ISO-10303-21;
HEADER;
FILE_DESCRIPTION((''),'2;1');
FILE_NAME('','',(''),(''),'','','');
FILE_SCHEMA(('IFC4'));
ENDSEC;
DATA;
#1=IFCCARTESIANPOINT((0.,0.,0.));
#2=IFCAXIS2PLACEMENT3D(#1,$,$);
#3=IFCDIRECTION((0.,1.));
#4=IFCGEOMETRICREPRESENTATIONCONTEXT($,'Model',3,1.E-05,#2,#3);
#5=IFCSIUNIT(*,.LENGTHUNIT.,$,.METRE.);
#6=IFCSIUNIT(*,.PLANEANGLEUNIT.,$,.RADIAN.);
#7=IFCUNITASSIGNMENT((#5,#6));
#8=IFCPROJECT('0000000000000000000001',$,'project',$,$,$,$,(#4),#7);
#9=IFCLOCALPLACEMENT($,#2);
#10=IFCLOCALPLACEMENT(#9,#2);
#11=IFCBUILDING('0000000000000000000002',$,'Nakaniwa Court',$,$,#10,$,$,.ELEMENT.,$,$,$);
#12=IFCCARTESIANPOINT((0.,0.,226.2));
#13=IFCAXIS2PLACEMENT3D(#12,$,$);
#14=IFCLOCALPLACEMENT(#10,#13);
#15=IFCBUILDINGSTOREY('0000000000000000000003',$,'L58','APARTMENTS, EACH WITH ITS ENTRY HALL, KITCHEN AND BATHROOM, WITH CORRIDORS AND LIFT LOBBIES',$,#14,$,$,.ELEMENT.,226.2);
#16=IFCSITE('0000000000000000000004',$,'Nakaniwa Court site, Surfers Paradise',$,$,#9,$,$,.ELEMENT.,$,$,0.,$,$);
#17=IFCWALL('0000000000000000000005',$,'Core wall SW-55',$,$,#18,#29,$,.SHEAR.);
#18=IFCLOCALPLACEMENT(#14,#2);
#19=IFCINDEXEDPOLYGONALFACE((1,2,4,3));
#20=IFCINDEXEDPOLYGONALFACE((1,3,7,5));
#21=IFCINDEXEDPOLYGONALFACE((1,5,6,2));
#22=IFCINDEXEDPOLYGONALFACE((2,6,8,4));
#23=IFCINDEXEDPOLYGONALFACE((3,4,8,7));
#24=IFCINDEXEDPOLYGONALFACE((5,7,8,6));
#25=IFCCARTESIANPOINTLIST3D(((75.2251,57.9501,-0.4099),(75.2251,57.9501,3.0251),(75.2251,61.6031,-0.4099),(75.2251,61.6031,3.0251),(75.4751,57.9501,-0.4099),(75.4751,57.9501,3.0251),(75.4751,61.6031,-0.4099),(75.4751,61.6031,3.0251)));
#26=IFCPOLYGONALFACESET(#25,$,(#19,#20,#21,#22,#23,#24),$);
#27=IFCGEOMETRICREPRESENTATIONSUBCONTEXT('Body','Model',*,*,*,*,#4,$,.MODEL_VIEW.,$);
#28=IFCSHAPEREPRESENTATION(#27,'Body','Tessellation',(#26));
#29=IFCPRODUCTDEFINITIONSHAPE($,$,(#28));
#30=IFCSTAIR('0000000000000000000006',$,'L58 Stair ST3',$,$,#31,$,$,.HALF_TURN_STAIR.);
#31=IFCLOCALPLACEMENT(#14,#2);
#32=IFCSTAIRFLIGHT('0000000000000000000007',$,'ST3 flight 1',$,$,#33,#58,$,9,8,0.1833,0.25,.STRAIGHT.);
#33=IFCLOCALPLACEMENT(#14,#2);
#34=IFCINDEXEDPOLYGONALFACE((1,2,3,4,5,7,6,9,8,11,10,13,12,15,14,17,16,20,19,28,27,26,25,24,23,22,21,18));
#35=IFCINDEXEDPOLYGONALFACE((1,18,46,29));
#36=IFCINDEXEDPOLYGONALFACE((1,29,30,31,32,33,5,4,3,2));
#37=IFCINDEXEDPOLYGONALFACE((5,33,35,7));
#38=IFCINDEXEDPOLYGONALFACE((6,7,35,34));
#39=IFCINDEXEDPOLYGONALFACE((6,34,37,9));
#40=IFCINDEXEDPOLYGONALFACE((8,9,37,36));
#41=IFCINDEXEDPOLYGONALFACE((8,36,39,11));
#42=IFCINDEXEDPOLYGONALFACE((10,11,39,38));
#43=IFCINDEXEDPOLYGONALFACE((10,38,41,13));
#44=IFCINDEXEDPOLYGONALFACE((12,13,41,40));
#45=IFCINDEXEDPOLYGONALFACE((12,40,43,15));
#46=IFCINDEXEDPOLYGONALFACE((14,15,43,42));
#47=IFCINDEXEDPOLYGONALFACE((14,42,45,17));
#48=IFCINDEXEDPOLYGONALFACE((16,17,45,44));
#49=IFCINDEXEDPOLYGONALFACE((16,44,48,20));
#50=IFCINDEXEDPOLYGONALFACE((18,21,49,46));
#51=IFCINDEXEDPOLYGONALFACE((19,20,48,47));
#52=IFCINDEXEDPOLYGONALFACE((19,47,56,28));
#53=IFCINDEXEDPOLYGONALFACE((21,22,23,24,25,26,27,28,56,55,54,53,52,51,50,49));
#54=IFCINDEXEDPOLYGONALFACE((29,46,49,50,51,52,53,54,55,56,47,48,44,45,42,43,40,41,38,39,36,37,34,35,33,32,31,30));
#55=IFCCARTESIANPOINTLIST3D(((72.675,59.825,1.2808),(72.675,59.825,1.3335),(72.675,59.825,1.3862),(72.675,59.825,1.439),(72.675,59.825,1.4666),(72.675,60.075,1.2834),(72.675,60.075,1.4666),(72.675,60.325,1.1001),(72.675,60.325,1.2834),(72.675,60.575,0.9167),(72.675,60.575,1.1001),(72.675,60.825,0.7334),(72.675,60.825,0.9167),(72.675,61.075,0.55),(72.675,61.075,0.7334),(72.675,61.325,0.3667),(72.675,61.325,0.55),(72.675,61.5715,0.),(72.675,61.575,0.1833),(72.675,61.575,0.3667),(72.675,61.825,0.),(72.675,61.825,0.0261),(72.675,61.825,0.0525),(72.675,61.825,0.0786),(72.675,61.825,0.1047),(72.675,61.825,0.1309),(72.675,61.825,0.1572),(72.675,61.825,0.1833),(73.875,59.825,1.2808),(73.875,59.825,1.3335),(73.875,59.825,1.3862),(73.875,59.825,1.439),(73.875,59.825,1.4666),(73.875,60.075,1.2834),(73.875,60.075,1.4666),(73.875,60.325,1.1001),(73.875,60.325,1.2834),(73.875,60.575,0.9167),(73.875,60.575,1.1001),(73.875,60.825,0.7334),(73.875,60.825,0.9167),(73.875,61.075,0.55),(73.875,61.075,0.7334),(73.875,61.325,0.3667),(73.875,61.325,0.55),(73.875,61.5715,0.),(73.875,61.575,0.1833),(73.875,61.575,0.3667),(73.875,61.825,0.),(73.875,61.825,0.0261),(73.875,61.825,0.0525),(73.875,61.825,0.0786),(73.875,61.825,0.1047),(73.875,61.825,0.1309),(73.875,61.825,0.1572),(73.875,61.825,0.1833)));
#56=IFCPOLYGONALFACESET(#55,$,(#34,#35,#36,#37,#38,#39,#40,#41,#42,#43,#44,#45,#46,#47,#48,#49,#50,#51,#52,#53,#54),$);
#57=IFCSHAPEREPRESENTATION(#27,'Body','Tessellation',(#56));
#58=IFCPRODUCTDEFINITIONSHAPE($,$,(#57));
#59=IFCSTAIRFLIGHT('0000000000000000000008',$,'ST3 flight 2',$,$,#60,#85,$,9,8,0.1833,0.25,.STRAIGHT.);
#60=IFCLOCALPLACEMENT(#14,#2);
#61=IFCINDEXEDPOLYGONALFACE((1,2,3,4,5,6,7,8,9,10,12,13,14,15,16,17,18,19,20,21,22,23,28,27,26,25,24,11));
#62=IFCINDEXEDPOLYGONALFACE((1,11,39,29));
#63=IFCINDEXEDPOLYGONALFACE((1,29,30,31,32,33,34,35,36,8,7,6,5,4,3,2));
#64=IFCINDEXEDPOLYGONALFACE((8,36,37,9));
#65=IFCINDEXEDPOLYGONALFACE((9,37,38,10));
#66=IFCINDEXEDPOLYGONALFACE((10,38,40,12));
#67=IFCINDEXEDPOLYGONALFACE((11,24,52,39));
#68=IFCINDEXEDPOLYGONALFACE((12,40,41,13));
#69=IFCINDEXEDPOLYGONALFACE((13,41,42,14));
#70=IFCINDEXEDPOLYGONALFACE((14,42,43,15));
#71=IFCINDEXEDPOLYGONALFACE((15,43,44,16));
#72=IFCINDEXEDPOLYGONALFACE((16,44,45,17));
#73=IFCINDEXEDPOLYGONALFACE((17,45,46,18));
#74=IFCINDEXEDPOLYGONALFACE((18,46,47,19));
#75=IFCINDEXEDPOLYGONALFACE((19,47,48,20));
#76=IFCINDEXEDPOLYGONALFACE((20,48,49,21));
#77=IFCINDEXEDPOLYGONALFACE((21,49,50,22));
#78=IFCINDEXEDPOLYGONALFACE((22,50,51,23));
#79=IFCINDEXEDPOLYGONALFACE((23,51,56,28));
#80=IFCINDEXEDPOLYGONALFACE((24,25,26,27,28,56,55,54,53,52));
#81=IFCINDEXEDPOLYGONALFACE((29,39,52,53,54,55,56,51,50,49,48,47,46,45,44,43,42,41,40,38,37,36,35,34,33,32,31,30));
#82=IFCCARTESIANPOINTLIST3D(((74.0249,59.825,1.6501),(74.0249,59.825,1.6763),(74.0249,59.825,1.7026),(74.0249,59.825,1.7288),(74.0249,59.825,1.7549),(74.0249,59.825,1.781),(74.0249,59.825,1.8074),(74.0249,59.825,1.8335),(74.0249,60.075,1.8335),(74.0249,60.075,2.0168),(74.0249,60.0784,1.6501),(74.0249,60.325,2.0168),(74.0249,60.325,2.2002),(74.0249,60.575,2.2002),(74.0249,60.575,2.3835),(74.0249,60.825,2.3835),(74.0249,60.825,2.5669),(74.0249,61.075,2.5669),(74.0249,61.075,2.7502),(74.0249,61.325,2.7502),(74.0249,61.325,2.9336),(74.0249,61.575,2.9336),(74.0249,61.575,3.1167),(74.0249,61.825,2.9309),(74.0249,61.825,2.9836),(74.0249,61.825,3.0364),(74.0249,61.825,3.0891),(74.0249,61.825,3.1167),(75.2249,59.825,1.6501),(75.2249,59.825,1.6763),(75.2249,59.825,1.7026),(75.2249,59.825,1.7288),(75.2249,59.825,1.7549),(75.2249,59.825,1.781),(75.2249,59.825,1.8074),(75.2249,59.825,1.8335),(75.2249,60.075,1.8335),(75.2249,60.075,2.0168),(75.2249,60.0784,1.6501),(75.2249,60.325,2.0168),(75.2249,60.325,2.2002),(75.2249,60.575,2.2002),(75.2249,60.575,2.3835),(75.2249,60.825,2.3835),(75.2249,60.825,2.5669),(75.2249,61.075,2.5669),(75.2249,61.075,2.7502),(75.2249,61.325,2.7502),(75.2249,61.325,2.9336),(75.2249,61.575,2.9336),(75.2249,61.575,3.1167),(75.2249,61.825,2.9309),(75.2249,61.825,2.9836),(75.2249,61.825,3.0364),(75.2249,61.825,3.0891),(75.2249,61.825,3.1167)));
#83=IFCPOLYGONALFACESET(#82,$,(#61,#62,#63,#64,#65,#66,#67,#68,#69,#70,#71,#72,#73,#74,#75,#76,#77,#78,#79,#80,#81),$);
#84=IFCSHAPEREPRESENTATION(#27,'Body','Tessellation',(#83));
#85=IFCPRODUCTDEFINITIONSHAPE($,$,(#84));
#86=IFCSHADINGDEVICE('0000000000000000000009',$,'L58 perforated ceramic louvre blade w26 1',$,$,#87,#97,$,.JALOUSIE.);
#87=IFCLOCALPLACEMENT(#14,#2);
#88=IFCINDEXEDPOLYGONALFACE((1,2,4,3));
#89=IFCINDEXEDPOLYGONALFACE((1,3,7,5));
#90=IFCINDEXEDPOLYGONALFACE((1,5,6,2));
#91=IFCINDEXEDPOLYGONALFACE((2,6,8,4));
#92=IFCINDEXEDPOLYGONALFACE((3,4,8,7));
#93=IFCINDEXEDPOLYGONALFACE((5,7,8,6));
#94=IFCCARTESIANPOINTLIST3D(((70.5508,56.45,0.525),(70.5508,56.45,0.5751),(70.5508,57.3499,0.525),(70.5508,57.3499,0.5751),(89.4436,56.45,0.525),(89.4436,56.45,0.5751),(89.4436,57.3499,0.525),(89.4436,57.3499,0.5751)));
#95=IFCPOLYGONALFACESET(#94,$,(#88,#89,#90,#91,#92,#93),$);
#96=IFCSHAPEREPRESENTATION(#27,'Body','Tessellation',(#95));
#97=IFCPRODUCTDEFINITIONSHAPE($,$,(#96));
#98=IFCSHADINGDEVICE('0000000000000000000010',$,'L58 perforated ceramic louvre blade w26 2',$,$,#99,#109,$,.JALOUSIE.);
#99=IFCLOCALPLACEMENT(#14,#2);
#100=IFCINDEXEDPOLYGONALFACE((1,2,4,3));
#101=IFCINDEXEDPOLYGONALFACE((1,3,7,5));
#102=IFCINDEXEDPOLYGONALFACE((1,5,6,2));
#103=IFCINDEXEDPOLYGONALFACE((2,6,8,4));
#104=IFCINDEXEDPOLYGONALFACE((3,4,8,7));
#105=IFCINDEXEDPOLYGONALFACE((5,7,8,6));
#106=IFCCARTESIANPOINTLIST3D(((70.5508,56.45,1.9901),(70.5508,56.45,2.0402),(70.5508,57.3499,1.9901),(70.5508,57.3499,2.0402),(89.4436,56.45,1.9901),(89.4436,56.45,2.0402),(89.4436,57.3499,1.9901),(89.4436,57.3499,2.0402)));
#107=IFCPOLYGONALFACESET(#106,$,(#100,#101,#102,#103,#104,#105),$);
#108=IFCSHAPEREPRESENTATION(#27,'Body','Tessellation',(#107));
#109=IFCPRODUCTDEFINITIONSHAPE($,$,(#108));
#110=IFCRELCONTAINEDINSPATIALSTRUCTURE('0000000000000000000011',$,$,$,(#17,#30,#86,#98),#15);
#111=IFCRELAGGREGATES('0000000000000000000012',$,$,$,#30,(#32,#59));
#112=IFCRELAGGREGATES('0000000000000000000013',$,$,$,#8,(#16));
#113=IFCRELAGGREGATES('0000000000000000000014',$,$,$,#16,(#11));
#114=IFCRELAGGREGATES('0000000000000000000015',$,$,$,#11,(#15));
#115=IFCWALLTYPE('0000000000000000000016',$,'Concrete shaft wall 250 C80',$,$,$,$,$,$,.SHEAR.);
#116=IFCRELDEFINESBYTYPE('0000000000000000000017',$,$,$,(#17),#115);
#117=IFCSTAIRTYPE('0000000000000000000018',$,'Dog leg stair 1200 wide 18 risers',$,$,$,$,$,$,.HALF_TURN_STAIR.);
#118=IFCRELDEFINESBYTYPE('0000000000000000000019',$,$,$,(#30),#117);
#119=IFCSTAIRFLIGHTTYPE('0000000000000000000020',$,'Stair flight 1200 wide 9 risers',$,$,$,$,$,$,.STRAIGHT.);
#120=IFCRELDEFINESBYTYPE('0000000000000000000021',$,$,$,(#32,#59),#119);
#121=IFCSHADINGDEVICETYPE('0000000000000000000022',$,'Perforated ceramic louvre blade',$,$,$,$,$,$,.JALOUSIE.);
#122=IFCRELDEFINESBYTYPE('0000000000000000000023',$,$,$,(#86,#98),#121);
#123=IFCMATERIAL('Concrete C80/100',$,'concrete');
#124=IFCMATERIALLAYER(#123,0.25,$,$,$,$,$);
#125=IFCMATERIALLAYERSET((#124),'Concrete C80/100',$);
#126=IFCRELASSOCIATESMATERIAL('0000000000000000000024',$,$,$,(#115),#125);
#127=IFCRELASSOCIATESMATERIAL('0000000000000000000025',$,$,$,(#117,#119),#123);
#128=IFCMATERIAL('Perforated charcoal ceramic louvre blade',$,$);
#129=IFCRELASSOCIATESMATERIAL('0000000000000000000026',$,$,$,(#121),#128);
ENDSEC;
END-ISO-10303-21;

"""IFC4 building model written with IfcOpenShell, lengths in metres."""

from ifc_helpers import new_model, si_unit, direction, frame, frame_2d, origin, origin_2d, place, context, subcontext, project, spatial, polyline, rectangle, outline, extrude, material, layer, layer_set, material_profile, profile_set, type_object, element, aggregate, save


model = new_model("IFC4")

# Units and contexts
model_context = context("Model", 3, precision=1e-05, world=origin(), true_north=direction((0.0, 1.0)))
body_context = subcontext(model_context, "Body", "Model", "MODEL_VIEW")
ifc_project = project(units=[si_unit("LENGTHUNIT", "METRE"), si_unit("PLANEANGLEUNIT", "RADIAN")], contexts=[model_context])

# Site, building, storey
site_placement = place(None, origin())
site = spatial("IfcSite", under=ifc_project, at=site_placement, Name="Nakaniwa Court site, Surfers Paradise", CompositionType="ELEMENT", RefElevation=0.0)
building_placement = place(site_placement, origin())
building = spatial("IfcBuilding", under=site, at=building_placement, Name="Nakaniwa Court", CompositionType="ELEMENT")
storey_placement = place(building_placement, frame((0.0, 0.0, 226.2)))
storey = spatial("IfcBuildingStorey", under=building, at=storey_placement, Name="L58", Description="APARTMENTS, EACH WITH ITS ENTRY HALL, KITCHEN AND BATHROOM, WITH CORRIDORS AND LIFT LOBBIES", CompositionType="ELEMENT", Elevation=226.2)

# Shared definitions
ifc_material_1 = material(Name="Concrete C80/100", Category="concrete")

# Wall
ifc_layer_1 = layer(ifc_material_1, 0.25)
ifc_layer_set_1 = layer_set([ifc_layer_1], Name="Concrete C80/100")
wall_type_1 = type_object("IfcWallType", Name="Concrete shaft wall 250 C80", PredefinedType="SHEAR", material=ifc_layer_set_1)
wall_1_placement = place(storey_placement, frame((75.3501, 57.95, -0.4099), z_axis=(0.0, 0.0, 1.0), x_axis=(0.0, 1.0, 0.0)))
element("IfcWall", 1, at=wall_1_placement, inside=storey, type_object=wall_type_1, Name="Core wall SW-55", PredefinedType="SHEAR", context=body_context, shape_type="SweptSolid", body=[
    extrude(rectangle(XDim=3.6531, YDim=0.25, at=frame_2d((1.8267, 0.0))), origin(), (0.0, 0.0, 1.0), 3.4351),
])

# Stair, stair flights
stair_type = type_object("IfcStairType", Name="Dog leg stair 1200 wide 18 risers", PredefinedType="HALF_TURN_STAIR", material=ifc_material_1)
stair_placement = place(storey_placement, origin())
stair = element("IfcStair", 2, at=stair_placement, inside=storey, type_object=stair_type, Name="L58 Stair ST3", PredefinedType="HALF_TURN_STAIR")
stair_flight_type = type_object("IfcStairFlightType", Name="Stair flight 1200 wide 9 risers", PredefinedType="STRAIGHT", material=ifc_material_1)
stair_flight_1_placement = place(storey_placement, frame((73.2749, 61.825, 0.0), z_axis=(0.0, 0.0, 1.0), x_axis=(0.0, -1.0, 0.0)))
stair_flight_1 = element("IfcStairFlight", 3, at=stair_flight_1_placement, type_object=stair_flight_type, Name="ST3 flight 1", NumberOfRisers=9, NumberOfTreads=8, PredefinedType="STRAIGHT", RiserHeight=0.1833, TreadLength=0.25, context=body_context, shape_type="SweptSolid", body=[
    extrude(outline(polyline([(0.0, 0.0), (0.0, 0.0261), (0.0, 0.0525), (0.0, 0.0786), (0.0, 0.1047), (0.0, 0.1309), (0.0, 0.1572), (0.0, 0.1833), (0.25, 0.1833), (0.25, 0.3667), (0.5, 0.3667), (0.5, 0.55), (0.75, 0.55), (0.75, 0.7334), (1.0, 0.7334), (1.0, 0.9167), (1.25, 0.9167), (1.25, 1.1001), (1.5, 1.1001), (1.5, 1.2834), (1.75, 1.2834), (1.75, 1.4666), (2.0, 1.4666), (2.0, 1.6499), (2.0, 1.5972), (2.0, 1.5444), (2.0, 1.4917), (2.0, 1.439), (2.0, 1.3862), (2.0, 1.3335), (2.0, 1.2808), (0.2534, 0.0), (0.0, 0.0)])), frame((0.0, 0.6001, 0.0), z_axis=(0.0, -1.0, 0.0), x_axis=(1.0, 0.0, 0.0)), (0.0, 0.0, 1.0), 1.2),
])
stair_flight_2_placement = place(storey_placement, frame((74.625, 59.825, 1.6501), z_axis=(0.0, 0.0, 1.0), x_axis=(0.0, 1.0, 0.0)))
stair_flight_2 = element("IfcStairFlight", 4, at=stair_flight_2_placement, type_object=stair_flight_type, Name="ST3 flight 2", NumberOfRisers=9, NumberOfTreads=8, PredefinedType="STRAIGHT", RiserHeight=0.1833, TreadLength=0.25, context=body_context, shape_type="SweptSolid", body=[
    extrude(outline(polyline([(0.0, 0.0), (0.0, 0.0261), (0.0, 0.0525), (0.0, 0.0786), (0.0, 0.1047), (0.0, 0.1309), (0.0, 0.1572), (0.0, 0.1833), (0.25, 0.1833), (0.25, 0.3667), (0.5, 0.3667), (0.5, 0.55), (0.75, 0.55), (0.75, 0.7334), (1.0, 0.7334), (1.0, 0.9167), (1.25, 0.9167), (1.25, 1.1001), (1.5, 1.1001), (1.5, 1.2834), (1.75, 1.2834), (1.75, 1.4666), (2.0, 1.4666), (2.0, 1.6499), (2.0, 1.5972), (2.0, 1.5444), (2.0, 1.4917), (2.0, 1.439), (2.0, 1.3862), (2.0, 1.3335), (2.0, 1.2808), (0.2534, 0.0), (0.0, 0.0)])), frame((0.0, 0.6001, 0.0), z_axis=(0.0, -1.0, 0.0), x_axis=(1.0, 0.0, 0.0)), (0.0, 0.0, 1.0), 1.2),
])
aggregate(stair, [stair_flight_1, stair_flight_2])

# Shading devices
ifc_material_2 = material(Name="Perforated charcoal ceramic louvre blade")
ifc_material_profile = material_profile(ifc_material_2, rectangle(XDim=0.8999, YDim=0.05, at=origin_2d()), Name="Perforated ceramic louvre blade")
ifc_profile_set = profile_set([ifc_material_profile], Name="Perforated charcoal ceramic louvre blade")
shading_device_type = type_object("IfcShadingDeviceType", Name="Perforated ceramic louvre blade", PredefinedType="JALOUSIE", material=ifc_profile_set)
for number, where, z_axis, x_axis, name in (
    (5, (70.5508, 56.8999, 0.55), (1.0, 0.0, 0.0), (0.0, 1.0, 0.0), "L58 perforated ceramic louvre blade w26 1"),
    (6, (70.5508, 56.8999, 2.0151), (1.0, 0.0, 0.0), (0.0, 1.0, 0.0), "L58 perforated ceramic louvre blade w26 2"),
):
    element("IfcShadingDevice", number, at=place(storey_placement, frame(where, z_axis=z_axis, x_axis=x_axis)), inside=storey, type_object=shading_device_type, Name=name, PredefinedType="JALOUSIE", context=body_context, shape_type="SweptSolid", body=[
        extrude(rectangle(XDim=0.8999, YDim=0.05, at=origin_2d()), origin(), (0.0, 0.0, 1.0), 18.8928),
    ])

save(model, "model.ifc")
